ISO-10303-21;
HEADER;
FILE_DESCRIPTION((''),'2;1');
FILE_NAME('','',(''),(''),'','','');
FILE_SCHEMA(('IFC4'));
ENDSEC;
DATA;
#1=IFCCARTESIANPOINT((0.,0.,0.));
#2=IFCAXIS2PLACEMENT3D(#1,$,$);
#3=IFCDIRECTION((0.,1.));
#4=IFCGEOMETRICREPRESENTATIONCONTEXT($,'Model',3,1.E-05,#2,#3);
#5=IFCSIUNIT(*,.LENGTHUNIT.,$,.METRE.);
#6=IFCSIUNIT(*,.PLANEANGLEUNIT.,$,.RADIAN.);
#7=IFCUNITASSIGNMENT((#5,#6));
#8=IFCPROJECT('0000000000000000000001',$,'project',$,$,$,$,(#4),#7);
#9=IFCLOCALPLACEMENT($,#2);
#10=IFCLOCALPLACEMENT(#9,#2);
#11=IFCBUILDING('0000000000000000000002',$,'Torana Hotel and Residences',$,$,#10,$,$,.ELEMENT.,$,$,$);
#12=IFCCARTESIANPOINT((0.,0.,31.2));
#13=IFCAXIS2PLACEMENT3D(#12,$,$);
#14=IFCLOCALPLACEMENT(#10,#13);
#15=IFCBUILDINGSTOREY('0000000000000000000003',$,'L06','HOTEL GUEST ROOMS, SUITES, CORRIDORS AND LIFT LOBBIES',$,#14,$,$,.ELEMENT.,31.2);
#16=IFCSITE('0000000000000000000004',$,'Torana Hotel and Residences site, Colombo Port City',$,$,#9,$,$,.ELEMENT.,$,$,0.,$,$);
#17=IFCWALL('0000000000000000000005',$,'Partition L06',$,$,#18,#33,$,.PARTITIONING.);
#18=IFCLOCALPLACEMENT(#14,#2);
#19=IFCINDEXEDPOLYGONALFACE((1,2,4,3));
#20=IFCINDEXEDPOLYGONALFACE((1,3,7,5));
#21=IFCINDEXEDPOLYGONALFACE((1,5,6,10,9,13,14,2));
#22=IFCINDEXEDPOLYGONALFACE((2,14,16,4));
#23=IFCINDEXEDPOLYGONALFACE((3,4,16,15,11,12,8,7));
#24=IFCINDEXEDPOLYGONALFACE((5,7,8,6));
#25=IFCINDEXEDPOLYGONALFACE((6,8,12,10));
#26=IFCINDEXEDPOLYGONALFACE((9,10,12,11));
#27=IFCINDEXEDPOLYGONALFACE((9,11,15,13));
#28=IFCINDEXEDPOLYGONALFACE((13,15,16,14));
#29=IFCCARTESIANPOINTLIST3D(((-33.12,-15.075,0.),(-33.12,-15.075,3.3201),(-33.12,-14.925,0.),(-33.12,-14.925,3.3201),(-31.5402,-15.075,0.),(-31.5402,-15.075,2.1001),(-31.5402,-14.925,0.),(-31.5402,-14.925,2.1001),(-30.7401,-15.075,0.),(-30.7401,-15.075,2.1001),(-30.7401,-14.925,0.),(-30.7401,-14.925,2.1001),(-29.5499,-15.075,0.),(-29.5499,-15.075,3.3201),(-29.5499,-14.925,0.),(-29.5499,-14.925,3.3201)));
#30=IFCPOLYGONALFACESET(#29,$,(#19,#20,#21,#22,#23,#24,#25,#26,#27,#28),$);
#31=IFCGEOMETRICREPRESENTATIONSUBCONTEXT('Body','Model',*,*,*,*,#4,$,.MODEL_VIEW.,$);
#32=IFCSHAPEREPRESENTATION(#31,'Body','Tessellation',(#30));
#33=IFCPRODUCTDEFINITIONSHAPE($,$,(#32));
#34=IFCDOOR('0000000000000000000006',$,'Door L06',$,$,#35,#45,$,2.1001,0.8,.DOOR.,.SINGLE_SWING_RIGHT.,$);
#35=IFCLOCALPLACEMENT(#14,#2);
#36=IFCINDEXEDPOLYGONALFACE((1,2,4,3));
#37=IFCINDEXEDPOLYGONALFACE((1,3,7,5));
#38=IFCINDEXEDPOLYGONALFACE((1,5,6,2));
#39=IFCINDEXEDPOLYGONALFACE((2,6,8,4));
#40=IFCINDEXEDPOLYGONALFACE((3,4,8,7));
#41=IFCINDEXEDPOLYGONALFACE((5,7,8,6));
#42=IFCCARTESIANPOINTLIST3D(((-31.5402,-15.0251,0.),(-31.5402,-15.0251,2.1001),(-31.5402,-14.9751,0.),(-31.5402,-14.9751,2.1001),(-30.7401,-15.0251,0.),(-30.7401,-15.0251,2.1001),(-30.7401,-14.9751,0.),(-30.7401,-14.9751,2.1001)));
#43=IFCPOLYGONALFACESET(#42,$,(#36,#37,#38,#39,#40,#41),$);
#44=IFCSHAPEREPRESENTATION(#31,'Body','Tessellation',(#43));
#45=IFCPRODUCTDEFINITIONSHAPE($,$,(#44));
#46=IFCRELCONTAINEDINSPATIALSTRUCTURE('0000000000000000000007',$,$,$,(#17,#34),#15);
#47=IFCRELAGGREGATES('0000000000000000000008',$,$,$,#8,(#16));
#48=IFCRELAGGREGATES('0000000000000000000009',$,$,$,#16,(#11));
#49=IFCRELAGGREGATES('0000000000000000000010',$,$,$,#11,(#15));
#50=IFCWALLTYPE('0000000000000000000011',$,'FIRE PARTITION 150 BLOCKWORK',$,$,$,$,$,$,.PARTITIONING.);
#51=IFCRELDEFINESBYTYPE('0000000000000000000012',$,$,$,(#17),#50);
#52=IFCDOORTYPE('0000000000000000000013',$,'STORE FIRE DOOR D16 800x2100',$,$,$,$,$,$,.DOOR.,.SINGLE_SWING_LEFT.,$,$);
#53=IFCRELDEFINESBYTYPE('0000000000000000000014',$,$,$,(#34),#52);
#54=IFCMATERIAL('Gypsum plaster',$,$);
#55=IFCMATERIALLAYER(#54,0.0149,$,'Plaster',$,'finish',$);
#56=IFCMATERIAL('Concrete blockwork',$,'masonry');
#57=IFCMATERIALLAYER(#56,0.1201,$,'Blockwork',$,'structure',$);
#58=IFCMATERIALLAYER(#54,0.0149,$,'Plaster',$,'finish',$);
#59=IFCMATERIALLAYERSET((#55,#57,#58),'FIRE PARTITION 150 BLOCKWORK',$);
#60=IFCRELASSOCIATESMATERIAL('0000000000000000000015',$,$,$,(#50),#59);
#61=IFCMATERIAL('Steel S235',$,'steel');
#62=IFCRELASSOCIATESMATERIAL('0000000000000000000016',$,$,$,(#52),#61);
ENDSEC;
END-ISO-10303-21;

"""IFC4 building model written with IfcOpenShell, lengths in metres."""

from ifc_helpers import new_model, si_unit, direction, frame, frame_2d, origin, place, context, subcontext, project, spatial, rectangle, extrude, material, layer, layer_set, type_object, element, fill, save


model = new_model("IFC4")

# Units and contexts
model_context = context("Model", 3, precision=1e-05, world=origin(), true_north=direction((0.0, 1.0)))
body_context = subcontext(model_context, "Body", "Model", "MODEL_VIEW")
ifc_project = project(units=[si_unit("LENGTHUNIT", "METRE"), si_unit("PLANEANGLEUNIT", "RADIAN")], contexts=[model_context])

# Site, building, storey
site_placement = place(None, origin())
site = spatial("IfcSite", under=ifc_project, at=site_placement, Name="Torana Hotel and Residences site, Colombo Port City", CompositionType="ELEMENT", RefElevation=0.0)
building_placement = place(site_placement, origin())
building = spatial("IfcBuilding", under=site, at=building_placement, Name="Torana Hotel and Residences", CompositionType="ELEMENT")
storey_placement = place(building_placement, frame((0.0, 0.0, 31.2)))
storey = spatial("IfcBuildingStorey", under=building, at=storey_placement, Name="L06", Description="HOTEL GUEST ROOMS, SUITES, CORRIDORS AND LIFT LOBBIES", CompositionType="ELEMENT", Elevation=31.2)

# Shared definitions
ifc_material_1 = material(Name="Gypsum plaster")
ifc_layer_1 = layer(ifc_material_1, 0.0149, Name="Plaster", Category="finish")
ifc_material_2 = material(Name="Concrete blockwork", Category="masonry")
ifc_layer_2 = layer(ifc_material_2, 0.1201, Name="Blockwork", Category="structure")
ifc_layer_3 = layer(ifc_material_1, 0.0149, Name="Plaster", Category="finish")
ifc_layer_set = layer_set([ifc_layer_1, ifc_layer_2, ifc_layer_3], Name="FIRE PARTITION 150 BLOCKWORK")
wall_type = type_object("IfcWallType", Name="FIRE PARTITION 150 BLOCKWORK", PredefinedType="PARTITIONING", material=ifc_layer_set)

# Wall, opening, door
wall_1_placement = place(storey_placement, frame((-33.1201, -15.0, 0.0), z_axis=(0.0, 0.0, 1.0), x_axis=(1.0, 0.0, 0.0)))
wall_1 = element("IfcWall", 1, at=wall_1_placement, inside=storey, type_object=wall_type, Name="Partition L06", PredefinedType="PARTITIONING", context=body_context, shape_type="SweptSolid", body=[
    extrude(rectangle(XDim=3.5701, YDim=0.1499, at=frame_2d((1.7852, 0.0))), origin(), (0.0, 0.0, 1.0), 3.3201),
])
opening_1_placement = place(wall_1_placement, frame((1.5801, 0.0, 0.0)))
opening_1 = element("IfcOpeningElement", 2, at=opening_1_placement, cuts=wall_1, PredefinedType="OPENING", context=body_context, shape_type="SweptSolid", body=[
    extrude(rectangle(XDim=0.8, YDim=2.1001, at=frame_2d((0.3999, 1.05))), frame((0.0, 0.085, 0.0), z_axis=(0.0, -1.0, 0.0), x_axis=(1.0, 0.0, 0.0)), (0.0, 0.0, 1.0), 0.1699),
])
ifc_material_3 = material(Name="Steel S235", Category="steel")
door_type_1 = type_object("IfcDoorType", Name="STORE FIRE DOOR D16 800x2100", OperationType="SINGLE_SWING_LEFT", PredefinedType="DOOR", material=ifc_material_3)
door_1_placement = place(opening_1_placement, origin())
door_1 = element("IfcDoor", 3, at=door_1_placement, inside=storey, type_object=door_type_1, Name="Door L06", OperationType="SINGLE_SWING_RIGHT", OverallHeight=2.1001, OverallWidth=0.8, PredefinedType="DOOR", context=body_context, shape_type="SweptSolid", body=[
    extrude(rectangle(XDim=0.8, YDim=2.1001, at=frame_2d((0.3999, 1.05))), frame((0.0, 0.0249, 0.0), z_axis=(0.0, -1.0, 0.0), x_axis=(1.0, 0.0, 0.0)), (0.0, 0.0, 1.0), 0.05),
])
fill(opening_1, door_1)

save(model, "model.ifc")
